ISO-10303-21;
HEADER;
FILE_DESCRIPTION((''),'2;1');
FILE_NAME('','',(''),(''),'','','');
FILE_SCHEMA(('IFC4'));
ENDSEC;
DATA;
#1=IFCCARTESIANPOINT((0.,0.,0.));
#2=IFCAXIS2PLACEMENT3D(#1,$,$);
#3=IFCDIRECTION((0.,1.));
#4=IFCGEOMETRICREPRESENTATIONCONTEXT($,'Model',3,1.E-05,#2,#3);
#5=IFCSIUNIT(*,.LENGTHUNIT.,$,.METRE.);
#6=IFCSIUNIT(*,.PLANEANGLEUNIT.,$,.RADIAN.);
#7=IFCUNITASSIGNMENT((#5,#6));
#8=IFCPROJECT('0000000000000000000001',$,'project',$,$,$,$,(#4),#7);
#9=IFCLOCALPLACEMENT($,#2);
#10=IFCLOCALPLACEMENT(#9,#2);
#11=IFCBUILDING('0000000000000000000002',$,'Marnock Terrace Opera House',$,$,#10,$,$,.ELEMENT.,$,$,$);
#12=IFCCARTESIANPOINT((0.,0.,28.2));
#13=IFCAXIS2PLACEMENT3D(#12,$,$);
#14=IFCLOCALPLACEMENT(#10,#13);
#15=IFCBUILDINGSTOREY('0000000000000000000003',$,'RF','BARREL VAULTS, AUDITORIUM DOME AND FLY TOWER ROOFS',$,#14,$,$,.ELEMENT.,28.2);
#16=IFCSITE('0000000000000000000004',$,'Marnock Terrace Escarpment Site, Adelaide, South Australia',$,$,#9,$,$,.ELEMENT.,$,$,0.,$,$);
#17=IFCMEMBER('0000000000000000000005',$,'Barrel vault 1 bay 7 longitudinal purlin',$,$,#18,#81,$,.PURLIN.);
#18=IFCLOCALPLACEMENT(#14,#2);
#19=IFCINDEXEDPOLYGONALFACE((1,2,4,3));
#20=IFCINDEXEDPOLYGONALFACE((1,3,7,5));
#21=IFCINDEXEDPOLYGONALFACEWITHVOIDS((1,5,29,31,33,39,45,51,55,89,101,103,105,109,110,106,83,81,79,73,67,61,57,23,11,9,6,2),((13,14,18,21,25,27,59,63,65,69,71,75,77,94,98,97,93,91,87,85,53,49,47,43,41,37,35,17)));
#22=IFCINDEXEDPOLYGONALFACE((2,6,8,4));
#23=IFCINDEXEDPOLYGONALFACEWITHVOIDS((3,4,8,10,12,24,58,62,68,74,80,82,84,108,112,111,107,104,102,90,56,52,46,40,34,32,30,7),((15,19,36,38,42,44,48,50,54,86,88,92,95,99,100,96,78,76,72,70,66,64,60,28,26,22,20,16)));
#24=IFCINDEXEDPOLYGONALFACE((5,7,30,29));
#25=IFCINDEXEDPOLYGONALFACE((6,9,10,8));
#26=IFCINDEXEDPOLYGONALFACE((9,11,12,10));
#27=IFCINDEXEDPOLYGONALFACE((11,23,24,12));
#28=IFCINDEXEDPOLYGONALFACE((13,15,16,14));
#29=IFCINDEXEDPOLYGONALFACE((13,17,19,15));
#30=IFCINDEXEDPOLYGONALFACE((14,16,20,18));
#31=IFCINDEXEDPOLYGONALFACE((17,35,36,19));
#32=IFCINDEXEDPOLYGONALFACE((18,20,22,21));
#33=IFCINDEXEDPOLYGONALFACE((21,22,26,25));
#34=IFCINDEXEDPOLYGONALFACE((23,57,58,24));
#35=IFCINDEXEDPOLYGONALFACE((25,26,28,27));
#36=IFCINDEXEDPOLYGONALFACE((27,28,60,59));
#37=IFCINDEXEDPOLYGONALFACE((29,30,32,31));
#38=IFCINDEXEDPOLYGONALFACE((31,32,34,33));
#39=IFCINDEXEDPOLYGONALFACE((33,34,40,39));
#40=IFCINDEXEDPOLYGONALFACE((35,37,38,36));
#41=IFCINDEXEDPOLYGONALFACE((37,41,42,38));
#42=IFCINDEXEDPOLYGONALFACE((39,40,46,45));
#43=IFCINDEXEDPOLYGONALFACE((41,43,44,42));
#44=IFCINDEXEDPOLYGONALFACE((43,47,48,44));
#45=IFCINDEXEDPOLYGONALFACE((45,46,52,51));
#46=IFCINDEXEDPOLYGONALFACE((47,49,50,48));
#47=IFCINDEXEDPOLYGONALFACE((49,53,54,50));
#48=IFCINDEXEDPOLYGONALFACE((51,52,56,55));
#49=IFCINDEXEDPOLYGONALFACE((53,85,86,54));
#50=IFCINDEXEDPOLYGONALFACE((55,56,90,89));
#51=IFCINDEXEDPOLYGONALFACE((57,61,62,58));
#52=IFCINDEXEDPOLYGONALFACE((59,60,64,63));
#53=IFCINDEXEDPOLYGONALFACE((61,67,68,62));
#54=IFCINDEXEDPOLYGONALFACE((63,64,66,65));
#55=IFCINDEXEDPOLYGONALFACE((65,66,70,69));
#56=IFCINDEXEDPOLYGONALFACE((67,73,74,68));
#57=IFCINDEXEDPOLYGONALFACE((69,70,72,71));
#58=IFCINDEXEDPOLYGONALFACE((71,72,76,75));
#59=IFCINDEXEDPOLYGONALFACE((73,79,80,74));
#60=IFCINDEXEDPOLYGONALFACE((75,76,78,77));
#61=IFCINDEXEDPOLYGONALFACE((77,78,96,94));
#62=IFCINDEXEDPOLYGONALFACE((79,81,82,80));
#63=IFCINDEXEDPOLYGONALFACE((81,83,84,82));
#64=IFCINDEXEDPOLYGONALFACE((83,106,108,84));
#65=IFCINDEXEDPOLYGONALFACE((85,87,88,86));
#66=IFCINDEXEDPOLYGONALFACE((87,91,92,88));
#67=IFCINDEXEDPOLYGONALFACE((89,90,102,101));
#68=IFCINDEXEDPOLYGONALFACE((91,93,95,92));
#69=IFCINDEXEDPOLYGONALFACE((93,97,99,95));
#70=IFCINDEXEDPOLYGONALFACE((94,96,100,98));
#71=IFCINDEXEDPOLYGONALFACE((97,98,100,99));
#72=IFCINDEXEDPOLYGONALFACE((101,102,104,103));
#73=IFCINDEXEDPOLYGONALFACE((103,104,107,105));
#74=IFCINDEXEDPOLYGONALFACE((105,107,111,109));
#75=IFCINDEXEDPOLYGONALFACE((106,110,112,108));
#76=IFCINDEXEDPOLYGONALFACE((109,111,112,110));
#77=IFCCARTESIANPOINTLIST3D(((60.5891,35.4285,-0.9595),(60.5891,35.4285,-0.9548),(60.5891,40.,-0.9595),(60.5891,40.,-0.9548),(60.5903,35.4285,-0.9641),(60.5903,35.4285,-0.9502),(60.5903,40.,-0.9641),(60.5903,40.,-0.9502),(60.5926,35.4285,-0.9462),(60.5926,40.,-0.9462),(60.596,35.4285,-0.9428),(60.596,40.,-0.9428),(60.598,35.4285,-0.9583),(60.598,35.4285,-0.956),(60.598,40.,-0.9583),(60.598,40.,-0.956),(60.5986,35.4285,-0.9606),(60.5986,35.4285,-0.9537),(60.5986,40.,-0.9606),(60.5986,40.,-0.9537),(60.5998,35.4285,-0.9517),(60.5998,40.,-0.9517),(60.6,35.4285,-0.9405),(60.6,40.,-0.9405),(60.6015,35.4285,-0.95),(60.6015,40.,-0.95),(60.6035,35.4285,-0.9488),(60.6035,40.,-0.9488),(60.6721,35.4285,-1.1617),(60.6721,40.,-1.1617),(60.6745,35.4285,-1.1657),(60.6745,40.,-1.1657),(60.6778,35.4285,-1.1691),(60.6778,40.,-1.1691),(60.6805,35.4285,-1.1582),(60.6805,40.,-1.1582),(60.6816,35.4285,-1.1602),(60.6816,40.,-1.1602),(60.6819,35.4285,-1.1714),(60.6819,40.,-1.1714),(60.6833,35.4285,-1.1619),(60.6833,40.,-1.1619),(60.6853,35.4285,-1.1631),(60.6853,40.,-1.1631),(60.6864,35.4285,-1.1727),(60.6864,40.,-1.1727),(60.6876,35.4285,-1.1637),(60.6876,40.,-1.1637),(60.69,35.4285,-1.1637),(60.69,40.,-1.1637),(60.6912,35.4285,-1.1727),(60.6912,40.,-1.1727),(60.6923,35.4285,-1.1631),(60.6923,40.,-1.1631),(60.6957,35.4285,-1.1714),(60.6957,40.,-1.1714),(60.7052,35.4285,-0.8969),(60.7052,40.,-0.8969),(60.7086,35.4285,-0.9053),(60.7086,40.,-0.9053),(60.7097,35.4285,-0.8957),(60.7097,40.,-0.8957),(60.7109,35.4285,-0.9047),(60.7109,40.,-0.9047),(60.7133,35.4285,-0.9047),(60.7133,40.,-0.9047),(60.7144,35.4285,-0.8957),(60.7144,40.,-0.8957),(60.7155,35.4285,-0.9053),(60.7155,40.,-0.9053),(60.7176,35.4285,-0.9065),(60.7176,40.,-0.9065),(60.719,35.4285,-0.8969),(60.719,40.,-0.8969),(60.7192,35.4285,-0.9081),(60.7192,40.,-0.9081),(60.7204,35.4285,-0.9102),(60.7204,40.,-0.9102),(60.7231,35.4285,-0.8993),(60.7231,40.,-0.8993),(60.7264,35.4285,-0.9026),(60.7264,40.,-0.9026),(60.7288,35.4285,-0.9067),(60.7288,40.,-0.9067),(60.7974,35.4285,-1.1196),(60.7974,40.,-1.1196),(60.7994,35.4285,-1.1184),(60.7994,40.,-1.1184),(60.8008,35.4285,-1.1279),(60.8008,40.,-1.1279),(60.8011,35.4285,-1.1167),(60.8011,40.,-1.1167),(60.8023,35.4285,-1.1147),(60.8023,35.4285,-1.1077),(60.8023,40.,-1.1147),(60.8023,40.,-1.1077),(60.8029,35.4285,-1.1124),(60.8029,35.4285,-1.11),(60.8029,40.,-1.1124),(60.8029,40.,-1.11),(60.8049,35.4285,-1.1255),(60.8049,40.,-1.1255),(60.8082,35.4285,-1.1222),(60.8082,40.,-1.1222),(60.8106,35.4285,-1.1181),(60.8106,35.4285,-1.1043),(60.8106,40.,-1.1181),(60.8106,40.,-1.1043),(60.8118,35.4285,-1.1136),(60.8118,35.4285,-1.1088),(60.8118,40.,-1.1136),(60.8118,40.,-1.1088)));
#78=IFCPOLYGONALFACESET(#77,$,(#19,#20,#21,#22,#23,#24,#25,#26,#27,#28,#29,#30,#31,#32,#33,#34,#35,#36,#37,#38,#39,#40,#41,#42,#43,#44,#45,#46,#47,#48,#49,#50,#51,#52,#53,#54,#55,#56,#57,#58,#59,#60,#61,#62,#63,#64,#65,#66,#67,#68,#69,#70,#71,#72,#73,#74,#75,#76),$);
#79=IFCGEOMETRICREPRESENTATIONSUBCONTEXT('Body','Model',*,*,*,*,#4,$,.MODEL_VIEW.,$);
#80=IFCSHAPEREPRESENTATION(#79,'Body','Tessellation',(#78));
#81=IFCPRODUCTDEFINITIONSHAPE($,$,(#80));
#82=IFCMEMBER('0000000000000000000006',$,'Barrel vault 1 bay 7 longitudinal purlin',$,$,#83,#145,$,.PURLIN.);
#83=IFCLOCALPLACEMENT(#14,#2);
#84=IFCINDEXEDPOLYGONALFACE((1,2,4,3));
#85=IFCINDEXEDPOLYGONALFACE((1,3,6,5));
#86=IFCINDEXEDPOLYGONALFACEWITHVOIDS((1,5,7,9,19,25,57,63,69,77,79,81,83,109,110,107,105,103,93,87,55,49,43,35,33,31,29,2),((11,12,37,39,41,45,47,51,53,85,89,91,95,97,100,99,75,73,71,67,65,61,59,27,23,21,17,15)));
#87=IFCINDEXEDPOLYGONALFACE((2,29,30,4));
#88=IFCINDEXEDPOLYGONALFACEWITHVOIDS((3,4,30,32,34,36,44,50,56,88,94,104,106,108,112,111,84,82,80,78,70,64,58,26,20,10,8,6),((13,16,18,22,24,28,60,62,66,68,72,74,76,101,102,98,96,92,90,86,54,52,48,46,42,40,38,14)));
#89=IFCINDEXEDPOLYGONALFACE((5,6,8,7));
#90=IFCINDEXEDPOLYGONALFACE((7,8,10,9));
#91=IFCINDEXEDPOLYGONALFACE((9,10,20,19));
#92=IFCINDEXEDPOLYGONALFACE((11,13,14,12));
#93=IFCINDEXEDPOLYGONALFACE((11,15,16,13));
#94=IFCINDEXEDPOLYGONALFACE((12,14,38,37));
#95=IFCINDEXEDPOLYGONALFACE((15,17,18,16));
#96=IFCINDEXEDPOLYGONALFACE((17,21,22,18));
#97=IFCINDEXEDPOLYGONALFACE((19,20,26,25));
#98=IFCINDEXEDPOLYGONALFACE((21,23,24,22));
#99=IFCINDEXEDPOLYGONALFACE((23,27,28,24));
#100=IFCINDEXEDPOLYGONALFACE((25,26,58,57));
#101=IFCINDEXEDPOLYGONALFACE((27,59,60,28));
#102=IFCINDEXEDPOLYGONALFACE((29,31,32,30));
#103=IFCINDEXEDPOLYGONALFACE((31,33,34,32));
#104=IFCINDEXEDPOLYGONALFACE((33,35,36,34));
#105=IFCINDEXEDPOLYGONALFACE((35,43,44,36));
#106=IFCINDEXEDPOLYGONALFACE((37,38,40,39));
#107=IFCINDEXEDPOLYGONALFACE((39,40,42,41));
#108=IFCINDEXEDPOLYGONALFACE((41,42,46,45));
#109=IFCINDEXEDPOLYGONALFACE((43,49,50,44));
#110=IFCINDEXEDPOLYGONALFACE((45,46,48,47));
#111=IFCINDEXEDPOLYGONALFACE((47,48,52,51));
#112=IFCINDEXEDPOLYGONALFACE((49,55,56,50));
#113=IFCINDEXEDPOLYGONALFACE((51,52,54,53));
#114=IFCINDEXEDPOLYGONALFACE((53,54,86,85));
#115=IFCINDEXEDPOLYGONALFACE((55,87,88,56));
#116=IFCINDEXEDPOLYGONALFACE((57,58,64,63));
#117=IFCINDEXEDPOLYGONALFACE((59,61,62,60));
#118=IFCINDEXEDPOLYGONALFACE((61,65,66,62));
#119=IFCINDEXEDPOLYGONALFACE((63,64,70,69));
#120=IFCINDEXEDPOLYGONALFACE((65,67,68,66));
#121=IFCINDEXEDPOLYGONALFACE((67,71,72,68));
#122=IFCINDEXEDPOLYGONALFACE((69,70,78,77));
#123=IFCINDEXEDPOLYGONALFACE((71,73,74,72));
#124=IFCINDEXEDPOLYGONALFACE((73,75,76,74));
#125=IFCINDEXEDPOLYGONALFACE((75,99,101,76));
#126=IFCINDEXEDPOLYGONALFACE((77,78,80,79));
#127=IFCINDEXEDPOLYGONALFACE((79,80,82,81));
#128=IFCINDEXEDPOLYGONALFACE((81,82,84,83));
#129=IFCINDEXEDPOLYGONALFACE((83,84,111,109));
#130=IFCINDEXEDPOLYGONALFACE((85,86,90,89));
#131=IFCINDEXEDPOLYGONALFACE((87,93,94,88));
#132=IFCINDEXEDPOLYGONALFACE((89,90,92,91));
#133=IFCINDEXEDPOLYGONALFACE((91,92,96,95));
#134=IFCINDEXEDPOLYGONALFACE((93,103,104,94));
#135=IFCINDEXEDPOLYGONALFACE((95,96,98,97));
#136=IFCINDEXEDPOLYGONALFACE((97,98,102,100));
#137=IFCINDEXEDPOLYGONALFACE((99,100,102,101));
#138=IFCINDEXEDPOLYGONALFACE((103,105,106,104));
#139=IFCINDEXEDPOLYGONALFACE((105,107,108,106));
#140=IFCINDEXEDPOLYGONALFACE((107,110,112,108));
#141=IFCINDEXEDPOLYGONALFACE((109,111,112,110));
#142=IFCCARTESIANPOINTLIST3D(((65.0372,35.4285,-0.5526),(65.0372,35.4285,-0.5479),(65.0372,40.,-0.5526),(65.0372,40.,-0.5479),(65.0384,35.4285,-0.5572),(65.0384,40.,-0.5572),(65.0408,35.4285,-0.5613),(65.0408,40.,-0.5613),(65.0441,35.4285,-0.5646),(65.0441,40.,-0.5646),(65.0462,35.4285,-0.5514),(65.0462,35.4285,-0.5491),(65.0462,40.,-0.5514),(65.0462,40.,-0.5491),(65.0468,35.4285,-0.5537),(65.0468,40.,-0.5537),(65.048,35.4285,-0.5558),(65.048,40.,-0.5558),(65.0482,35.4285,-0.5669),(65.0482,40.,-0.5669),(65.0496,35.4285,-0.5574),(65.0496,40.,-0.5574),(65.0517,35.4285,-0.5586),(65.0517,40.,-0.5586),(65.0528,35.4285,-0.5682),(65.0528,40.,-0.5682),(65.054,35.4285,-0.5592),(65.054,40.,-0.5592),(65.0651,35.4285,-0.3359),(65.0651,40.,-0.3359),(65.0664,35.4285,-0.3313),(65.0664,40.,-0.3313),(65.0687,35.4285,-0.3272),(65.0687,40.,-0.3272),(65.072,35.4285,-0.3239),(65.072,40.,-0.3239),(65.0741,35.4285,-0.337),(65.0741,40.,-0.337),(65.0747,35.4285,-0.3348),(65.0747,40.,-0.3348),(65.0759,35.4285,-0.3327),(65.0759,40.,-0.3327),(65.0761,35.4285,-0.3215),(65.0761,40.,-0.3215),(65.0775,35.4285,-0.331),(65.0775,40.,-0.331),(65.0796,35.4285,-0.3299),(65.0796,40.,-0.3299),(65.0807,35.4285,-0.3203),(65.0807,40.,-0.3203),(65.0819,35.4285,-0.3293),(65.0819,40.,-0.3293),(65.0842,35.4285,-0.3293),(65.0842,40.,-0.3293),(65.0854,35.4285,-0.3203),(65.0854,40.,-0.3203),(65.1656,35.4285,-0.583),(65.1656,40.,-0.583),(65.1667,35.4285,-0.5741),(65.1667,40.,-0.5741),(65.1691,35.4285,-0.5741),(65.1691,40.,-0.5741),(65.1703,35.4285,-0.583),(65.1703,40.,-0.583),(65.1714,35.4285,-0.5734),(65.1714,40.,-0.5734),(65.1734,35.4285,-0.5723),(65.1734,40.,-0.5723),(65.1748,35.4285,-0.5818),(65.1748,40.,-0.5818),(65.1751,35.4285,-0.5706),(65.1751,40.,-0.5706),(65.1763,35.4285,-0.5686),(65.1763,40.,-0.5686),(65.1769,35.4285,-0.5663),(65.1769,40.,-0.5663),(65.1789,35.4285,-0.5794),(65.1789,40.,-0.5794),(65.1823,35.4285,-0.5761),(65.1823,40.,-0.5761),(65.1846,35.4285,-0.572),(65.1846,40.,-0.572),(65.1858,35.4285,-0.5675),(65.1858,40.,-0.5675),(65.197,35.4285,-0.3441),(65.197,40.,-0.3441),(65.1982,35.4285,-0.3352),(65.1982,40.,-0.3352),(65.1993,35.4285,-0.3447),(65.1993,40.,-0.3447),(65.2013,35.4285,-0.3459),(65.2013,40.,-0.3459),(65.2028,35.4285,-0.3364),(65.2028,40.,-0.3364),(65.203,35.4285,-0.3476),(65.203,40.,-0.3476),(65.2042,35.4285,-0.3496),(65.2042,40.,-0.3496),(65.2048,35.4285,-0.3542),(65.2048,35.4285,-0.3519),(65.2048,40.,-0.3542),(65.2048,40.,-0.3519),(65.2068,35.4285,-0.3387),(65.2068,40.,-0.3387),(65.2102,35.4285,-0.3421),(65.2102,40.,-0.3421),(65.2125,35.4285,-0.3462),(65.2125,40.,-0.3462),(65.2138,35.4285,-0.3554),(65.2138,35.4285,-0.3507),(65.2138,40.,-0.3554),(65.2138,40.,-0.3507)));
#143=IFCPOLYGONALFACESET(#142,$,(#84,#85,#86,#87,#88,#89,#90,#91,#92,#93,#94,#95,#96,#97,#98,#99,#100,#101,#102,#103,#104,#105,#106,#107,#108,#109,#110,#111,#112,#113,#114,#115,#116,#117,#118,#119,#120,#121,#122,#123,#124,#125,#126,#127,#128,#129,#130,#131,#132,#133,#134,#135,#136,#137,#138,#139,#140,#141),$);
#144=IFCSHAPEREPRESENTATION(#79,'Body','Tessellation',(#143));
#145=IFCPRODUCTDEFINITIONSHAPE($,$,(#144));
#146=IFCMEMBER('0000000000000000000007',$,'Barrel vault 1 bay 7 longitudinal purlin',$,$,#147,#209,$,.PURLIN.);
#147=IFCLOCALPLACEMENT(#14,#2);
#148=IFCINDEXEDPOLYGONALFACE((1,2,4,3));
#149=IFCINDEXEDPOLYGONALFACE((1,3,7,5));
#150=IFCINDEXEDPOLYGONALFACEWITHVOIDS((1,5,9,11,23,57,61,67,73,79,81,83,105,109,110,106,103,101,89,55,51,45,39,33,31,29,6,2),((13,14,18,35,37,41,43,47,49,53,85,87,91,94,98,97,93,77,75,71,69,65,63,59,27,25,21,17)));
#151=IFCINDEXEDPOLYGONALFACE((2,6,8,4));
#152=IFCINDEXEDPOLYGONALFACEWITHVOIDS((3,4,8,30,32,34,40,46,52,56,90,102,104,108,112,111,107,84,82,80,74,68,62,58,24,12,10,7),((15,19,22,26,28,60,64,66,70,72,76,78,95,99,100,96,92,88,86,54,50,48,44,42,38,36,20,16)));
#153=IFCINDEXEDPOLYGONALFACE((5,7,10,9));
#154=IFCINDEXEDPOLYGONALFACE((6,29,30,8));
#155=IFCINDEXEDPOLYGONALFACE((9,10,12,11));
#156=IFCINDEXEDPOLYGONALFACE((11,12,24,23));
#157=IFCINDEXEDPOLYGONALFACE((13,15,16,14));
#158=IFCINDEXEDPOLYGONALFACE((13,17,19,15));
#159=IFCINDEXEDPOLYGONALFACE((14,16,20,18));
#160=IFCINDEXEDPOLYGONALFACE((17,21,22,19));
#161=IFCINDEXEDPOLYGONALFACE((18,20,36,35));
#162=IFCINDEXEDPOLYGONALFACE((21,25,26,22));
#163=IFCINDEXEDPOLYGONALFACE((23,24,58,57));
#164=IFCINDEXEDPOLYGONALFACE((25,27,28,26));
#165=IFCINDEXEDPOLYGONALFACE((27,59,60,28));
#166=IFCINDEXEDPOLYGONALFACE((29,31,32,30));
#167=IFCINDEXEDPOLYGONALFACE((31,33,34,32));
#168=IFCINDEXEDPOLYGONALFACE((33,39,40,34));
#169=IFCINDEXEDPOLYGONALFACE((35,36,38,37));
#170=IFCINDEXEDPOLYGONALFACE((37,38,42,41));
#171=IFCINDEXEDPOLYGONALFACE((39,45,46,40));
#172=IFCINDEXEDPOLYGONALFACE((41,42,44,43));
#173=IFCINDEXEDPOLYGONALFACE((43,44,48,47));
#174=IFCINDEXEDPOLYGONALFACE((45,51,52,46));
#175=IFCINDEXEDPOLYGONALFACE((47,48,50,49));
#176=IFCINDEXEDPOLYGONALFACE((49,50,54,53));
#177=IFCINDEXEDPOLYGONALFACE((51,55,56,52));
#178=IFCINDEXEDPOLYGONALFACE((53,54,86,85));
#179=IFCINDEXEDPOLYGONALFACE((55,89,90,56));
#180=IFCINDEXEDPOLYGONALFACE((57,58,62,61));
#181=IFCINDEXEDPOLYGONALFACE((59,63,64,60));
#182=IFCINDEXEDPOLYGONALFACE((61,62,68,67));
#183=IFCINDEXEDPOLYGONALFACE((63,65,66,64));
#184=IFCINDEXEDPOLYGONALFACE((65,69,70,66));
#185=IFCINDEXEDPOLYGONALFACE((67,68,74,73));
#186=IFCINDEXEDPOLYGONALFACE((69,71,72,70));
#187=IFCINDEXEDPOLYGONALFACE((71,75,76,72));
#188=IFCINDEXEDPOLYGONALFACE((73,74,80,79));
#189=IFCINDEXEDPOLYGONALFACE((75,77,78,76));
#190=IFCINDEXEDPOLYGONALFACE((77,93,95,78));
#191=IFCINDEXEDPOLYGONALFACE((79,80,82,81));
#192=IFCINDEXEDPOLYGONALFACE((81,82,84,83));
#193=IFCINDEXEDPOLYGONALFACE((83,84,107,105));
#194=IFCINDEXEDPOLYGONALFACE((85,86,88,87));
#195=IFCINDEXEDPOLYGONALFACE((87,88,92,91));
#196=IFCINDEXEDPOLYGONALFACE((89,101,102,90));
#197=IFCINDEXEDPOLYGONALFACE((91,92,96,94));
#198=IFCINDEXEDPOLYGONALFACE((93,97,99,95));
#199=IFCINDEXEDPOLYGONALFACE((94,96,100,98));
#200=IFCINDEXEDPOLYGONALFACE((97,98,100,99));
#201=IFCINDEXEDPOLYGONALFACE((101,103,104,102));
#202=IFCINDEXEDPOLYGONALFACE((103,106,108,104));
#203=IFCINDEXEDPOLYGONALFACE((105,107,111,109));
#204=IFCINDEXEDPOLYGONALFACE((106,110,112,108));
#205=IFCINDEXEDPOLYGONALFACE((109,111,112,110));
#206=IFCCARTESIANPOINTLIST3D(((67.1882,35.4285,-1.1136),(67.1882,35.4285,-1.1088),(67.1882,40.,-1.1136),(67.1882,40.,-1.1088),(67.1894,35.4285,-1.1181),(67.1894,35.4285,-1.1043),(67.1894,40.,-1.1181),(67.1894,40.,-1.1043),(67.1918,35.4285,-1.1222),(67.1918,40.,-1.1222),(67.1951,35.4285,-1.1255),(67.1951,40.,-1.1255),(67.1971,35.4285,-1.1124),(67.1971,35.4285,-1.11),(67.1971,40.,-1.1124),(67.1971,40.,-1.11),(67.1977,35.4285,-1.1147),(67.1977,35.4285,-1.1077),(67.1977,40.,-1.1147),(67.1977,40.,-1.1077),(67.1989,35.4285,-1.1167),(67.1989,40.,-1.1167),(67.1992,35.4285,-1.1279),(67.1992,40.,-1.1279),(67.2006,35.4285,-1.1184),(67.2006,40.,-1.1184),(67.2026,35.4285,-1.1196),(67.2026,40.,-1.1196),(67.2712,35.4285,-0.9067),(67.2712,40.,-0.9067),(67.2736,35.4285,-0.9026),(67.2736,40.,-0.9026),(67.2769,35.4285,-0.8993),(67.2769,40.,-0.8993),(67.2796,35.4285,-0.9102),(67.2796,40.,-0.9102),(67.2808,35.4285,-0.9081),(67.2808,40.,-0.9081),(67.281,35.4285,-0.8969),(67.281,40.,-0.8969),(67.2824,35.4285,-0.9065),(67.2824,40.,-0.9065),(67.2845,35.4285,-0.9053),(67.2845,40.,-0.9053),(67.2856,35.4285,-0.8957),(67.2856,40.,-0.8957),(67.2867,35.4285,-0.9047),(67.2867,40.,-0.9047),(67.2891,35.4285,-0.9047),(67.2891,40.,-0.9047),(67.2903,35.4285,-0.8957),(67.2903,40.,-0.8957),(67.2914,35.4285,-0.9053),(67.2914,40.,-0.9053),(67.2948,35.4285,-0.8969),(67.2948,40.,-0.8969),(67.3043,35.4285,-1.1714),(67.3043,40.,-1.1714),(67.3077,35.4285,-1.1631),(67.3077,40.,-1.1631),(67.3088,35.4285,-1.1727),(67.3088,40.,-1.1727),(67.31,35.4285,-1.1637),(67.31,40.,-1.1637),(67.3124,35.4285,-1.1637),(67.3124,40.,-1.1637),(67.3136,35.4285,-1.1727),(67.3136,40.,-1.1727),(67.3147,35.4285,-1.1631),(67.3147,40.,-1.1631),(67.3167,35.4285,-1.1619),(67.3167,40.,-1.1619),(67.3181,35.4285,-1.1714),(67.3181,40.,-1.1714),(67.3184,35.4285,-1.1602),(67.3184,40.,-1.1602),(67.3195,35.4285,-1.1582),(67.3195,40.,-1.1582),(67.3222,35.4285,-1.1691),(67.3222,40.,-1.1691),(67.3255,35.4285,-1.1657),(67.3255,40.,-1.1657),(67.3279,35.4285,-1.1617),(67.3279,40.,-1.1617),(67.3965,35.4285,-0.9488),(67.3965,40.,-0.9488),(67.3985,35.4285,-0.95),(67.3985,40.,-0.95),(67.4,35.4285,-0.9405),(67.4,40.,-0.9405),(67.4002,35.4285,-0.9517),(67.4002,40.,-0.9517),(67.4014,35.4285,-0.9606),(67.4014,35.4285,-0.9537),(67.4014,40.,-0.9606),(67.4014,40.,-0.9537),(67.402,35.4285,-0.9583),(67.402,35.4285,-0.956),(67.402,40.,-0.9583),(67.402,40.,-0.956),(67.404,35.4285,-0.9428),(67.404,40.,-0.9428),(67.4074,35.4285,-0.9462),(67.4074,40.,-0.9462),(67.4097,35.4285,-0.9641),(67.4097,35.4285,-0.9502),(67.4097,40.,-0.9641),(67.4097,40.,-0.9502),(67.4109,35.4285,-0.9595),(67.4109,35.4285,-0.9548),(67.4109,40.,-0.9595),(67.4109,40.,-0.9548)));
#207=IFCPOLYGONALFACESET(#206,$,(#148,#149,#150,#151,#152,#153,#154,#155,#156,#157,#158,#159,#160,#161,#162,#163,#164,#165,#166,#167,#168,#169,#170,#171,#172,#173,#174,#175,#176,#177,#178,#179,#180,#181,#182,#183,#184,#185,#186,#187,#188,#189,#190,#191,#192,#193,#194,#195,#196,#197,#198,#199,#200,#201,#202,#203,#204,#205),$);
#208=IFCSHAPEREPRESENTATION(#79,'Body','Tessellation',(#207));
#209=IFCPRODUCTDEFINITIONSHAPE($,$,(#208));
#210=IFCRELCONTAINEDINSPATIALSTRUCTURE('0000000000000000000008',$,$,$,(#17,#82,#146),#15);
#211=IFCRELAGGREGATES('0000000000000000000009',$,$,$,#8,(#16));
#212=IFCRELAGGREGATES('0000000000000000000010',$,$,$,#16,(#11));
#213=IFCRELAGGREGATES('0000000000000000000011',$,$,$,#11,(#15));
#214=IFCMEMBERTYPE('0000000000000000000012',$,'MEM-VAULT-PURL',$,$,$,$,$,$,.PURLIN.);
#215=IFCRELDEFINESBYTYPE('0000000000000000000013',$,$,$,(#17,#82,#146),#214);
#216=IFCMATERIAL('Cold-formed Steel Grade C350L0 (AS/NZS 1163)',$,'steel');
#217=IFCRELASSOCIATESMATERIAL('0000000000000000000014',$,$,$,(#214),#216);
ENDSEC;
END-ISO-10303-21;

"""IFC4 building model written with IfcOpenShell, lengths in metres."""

from ifc_helpers import new_model, si_unit, direction, frame, origin, origin_2d, place, context, subcontext, project, spatial, hollow_rectangle, extrude, material, material_profile, profile_set, type_object, element, save


model = new_model("IFC4")

# Units and contexts
model_context = context("Model", 3, precision=1e-05, world=origin(), true_north=direction((0.0, 1.0)))
body_context = subcontext(model_context, "Body", "Model", "MODEL_VIEW")
ifc_project = project(units=[si_unit("LENGTHUNIT", "METRE"), si_unit("PLANEANGLEUNIT", "RADIAN")], contexts=[model_context])

# Site, building, storey
site_placement = place(None, origin())
site = spatial("IfcSite", under=ifc_project, at=site_placement, Name="Marnock Terrace Escarpment Site, Adelaide, South Australia", CompositionType="ELEMENT", RefElevation=0.0)
building_placement = place(site_placement, origin())
building = spatial("IfcBuilding", under=site, at=building_placement, Name="Marnock Terrace Opera House", CompositionType="ELEMENT")
storey_placement = place(building_placement, frame((0.0, 0.0, 28.2)))
storey = spatial("IfcBuildingStorey", under=building, at=storey_placement, Name="RF", Description="BARREL VAULTS, AUDITORIUM DOME AND FLY TOWER ROOFS", CompositionType="ELEMENT", Elevation=28.2)

# Members
ifc_material_1 = material(Name="Cold-formed Steel Grade C350L0 (AS/NZS 1163)", Category="steel")
ifc_material_profile_1 = material_profile(ifc_material_1, hollow_rectangle(XDim=0.1499, YDim=0.25, WallThickness=0.009, InnerFilletRadius=0.009, OuterFilletRadius=0.0181, at=origin_2d()))
ifc_profile_set_1 = profile_set([ifc_material_profile_1], Name="Cold-formed Steel Grade C350L0 (AS/NZS 1163)")
member_type_1 = type_object("IfcMemberType", Name="MEM-VAULT-PURL", PredefinedType="PURLIN", material=ifc_profile_set_1)
for number, where, z_axis, x_axis, name in (
    (1, (60.7004, 35.4285, -1.0342), (0.0, 1.0, 0.0), (-0.92388, 0.0, -0.382683), "Barrel vault 1 bay 7 longitudinal purlin"),
    (2, (65.1255, 35.4285, -0.4517), (0.0, 1.0, 0.0), (-0.991445, 0.0, 0.130526), "Barrel vault 1 bay 7 longitudinal purlin"),
    (3, (67.2996, 35.4285, -1.0342), (0.0, 1.0, 0.0), (-0.92388, 0.0, 0.382683), "Barrel vault 1 bay 7 longitudinal purlin"),
):
    element("IfcMember", number, at=place(storey_placement, frame(where, z_axis=z_axis, x_axis=x_axis)), inside=storey, type_object=member_type_1, Name=name, PredefinedType="PURLIN", context=body_context, shape_type="SweptSolid", body=[
        extrude(hollow_rectangle(XDim=0.1499, YDim=0.25, WallThickness=0.009, InnerFilletRadius=0.009, OuterFilletRadius=0.0181, at=origin_2d()), origin(), (0.0, 0.0, 1.0), 4.5715),
    ])

save(model, "model.ifc")
